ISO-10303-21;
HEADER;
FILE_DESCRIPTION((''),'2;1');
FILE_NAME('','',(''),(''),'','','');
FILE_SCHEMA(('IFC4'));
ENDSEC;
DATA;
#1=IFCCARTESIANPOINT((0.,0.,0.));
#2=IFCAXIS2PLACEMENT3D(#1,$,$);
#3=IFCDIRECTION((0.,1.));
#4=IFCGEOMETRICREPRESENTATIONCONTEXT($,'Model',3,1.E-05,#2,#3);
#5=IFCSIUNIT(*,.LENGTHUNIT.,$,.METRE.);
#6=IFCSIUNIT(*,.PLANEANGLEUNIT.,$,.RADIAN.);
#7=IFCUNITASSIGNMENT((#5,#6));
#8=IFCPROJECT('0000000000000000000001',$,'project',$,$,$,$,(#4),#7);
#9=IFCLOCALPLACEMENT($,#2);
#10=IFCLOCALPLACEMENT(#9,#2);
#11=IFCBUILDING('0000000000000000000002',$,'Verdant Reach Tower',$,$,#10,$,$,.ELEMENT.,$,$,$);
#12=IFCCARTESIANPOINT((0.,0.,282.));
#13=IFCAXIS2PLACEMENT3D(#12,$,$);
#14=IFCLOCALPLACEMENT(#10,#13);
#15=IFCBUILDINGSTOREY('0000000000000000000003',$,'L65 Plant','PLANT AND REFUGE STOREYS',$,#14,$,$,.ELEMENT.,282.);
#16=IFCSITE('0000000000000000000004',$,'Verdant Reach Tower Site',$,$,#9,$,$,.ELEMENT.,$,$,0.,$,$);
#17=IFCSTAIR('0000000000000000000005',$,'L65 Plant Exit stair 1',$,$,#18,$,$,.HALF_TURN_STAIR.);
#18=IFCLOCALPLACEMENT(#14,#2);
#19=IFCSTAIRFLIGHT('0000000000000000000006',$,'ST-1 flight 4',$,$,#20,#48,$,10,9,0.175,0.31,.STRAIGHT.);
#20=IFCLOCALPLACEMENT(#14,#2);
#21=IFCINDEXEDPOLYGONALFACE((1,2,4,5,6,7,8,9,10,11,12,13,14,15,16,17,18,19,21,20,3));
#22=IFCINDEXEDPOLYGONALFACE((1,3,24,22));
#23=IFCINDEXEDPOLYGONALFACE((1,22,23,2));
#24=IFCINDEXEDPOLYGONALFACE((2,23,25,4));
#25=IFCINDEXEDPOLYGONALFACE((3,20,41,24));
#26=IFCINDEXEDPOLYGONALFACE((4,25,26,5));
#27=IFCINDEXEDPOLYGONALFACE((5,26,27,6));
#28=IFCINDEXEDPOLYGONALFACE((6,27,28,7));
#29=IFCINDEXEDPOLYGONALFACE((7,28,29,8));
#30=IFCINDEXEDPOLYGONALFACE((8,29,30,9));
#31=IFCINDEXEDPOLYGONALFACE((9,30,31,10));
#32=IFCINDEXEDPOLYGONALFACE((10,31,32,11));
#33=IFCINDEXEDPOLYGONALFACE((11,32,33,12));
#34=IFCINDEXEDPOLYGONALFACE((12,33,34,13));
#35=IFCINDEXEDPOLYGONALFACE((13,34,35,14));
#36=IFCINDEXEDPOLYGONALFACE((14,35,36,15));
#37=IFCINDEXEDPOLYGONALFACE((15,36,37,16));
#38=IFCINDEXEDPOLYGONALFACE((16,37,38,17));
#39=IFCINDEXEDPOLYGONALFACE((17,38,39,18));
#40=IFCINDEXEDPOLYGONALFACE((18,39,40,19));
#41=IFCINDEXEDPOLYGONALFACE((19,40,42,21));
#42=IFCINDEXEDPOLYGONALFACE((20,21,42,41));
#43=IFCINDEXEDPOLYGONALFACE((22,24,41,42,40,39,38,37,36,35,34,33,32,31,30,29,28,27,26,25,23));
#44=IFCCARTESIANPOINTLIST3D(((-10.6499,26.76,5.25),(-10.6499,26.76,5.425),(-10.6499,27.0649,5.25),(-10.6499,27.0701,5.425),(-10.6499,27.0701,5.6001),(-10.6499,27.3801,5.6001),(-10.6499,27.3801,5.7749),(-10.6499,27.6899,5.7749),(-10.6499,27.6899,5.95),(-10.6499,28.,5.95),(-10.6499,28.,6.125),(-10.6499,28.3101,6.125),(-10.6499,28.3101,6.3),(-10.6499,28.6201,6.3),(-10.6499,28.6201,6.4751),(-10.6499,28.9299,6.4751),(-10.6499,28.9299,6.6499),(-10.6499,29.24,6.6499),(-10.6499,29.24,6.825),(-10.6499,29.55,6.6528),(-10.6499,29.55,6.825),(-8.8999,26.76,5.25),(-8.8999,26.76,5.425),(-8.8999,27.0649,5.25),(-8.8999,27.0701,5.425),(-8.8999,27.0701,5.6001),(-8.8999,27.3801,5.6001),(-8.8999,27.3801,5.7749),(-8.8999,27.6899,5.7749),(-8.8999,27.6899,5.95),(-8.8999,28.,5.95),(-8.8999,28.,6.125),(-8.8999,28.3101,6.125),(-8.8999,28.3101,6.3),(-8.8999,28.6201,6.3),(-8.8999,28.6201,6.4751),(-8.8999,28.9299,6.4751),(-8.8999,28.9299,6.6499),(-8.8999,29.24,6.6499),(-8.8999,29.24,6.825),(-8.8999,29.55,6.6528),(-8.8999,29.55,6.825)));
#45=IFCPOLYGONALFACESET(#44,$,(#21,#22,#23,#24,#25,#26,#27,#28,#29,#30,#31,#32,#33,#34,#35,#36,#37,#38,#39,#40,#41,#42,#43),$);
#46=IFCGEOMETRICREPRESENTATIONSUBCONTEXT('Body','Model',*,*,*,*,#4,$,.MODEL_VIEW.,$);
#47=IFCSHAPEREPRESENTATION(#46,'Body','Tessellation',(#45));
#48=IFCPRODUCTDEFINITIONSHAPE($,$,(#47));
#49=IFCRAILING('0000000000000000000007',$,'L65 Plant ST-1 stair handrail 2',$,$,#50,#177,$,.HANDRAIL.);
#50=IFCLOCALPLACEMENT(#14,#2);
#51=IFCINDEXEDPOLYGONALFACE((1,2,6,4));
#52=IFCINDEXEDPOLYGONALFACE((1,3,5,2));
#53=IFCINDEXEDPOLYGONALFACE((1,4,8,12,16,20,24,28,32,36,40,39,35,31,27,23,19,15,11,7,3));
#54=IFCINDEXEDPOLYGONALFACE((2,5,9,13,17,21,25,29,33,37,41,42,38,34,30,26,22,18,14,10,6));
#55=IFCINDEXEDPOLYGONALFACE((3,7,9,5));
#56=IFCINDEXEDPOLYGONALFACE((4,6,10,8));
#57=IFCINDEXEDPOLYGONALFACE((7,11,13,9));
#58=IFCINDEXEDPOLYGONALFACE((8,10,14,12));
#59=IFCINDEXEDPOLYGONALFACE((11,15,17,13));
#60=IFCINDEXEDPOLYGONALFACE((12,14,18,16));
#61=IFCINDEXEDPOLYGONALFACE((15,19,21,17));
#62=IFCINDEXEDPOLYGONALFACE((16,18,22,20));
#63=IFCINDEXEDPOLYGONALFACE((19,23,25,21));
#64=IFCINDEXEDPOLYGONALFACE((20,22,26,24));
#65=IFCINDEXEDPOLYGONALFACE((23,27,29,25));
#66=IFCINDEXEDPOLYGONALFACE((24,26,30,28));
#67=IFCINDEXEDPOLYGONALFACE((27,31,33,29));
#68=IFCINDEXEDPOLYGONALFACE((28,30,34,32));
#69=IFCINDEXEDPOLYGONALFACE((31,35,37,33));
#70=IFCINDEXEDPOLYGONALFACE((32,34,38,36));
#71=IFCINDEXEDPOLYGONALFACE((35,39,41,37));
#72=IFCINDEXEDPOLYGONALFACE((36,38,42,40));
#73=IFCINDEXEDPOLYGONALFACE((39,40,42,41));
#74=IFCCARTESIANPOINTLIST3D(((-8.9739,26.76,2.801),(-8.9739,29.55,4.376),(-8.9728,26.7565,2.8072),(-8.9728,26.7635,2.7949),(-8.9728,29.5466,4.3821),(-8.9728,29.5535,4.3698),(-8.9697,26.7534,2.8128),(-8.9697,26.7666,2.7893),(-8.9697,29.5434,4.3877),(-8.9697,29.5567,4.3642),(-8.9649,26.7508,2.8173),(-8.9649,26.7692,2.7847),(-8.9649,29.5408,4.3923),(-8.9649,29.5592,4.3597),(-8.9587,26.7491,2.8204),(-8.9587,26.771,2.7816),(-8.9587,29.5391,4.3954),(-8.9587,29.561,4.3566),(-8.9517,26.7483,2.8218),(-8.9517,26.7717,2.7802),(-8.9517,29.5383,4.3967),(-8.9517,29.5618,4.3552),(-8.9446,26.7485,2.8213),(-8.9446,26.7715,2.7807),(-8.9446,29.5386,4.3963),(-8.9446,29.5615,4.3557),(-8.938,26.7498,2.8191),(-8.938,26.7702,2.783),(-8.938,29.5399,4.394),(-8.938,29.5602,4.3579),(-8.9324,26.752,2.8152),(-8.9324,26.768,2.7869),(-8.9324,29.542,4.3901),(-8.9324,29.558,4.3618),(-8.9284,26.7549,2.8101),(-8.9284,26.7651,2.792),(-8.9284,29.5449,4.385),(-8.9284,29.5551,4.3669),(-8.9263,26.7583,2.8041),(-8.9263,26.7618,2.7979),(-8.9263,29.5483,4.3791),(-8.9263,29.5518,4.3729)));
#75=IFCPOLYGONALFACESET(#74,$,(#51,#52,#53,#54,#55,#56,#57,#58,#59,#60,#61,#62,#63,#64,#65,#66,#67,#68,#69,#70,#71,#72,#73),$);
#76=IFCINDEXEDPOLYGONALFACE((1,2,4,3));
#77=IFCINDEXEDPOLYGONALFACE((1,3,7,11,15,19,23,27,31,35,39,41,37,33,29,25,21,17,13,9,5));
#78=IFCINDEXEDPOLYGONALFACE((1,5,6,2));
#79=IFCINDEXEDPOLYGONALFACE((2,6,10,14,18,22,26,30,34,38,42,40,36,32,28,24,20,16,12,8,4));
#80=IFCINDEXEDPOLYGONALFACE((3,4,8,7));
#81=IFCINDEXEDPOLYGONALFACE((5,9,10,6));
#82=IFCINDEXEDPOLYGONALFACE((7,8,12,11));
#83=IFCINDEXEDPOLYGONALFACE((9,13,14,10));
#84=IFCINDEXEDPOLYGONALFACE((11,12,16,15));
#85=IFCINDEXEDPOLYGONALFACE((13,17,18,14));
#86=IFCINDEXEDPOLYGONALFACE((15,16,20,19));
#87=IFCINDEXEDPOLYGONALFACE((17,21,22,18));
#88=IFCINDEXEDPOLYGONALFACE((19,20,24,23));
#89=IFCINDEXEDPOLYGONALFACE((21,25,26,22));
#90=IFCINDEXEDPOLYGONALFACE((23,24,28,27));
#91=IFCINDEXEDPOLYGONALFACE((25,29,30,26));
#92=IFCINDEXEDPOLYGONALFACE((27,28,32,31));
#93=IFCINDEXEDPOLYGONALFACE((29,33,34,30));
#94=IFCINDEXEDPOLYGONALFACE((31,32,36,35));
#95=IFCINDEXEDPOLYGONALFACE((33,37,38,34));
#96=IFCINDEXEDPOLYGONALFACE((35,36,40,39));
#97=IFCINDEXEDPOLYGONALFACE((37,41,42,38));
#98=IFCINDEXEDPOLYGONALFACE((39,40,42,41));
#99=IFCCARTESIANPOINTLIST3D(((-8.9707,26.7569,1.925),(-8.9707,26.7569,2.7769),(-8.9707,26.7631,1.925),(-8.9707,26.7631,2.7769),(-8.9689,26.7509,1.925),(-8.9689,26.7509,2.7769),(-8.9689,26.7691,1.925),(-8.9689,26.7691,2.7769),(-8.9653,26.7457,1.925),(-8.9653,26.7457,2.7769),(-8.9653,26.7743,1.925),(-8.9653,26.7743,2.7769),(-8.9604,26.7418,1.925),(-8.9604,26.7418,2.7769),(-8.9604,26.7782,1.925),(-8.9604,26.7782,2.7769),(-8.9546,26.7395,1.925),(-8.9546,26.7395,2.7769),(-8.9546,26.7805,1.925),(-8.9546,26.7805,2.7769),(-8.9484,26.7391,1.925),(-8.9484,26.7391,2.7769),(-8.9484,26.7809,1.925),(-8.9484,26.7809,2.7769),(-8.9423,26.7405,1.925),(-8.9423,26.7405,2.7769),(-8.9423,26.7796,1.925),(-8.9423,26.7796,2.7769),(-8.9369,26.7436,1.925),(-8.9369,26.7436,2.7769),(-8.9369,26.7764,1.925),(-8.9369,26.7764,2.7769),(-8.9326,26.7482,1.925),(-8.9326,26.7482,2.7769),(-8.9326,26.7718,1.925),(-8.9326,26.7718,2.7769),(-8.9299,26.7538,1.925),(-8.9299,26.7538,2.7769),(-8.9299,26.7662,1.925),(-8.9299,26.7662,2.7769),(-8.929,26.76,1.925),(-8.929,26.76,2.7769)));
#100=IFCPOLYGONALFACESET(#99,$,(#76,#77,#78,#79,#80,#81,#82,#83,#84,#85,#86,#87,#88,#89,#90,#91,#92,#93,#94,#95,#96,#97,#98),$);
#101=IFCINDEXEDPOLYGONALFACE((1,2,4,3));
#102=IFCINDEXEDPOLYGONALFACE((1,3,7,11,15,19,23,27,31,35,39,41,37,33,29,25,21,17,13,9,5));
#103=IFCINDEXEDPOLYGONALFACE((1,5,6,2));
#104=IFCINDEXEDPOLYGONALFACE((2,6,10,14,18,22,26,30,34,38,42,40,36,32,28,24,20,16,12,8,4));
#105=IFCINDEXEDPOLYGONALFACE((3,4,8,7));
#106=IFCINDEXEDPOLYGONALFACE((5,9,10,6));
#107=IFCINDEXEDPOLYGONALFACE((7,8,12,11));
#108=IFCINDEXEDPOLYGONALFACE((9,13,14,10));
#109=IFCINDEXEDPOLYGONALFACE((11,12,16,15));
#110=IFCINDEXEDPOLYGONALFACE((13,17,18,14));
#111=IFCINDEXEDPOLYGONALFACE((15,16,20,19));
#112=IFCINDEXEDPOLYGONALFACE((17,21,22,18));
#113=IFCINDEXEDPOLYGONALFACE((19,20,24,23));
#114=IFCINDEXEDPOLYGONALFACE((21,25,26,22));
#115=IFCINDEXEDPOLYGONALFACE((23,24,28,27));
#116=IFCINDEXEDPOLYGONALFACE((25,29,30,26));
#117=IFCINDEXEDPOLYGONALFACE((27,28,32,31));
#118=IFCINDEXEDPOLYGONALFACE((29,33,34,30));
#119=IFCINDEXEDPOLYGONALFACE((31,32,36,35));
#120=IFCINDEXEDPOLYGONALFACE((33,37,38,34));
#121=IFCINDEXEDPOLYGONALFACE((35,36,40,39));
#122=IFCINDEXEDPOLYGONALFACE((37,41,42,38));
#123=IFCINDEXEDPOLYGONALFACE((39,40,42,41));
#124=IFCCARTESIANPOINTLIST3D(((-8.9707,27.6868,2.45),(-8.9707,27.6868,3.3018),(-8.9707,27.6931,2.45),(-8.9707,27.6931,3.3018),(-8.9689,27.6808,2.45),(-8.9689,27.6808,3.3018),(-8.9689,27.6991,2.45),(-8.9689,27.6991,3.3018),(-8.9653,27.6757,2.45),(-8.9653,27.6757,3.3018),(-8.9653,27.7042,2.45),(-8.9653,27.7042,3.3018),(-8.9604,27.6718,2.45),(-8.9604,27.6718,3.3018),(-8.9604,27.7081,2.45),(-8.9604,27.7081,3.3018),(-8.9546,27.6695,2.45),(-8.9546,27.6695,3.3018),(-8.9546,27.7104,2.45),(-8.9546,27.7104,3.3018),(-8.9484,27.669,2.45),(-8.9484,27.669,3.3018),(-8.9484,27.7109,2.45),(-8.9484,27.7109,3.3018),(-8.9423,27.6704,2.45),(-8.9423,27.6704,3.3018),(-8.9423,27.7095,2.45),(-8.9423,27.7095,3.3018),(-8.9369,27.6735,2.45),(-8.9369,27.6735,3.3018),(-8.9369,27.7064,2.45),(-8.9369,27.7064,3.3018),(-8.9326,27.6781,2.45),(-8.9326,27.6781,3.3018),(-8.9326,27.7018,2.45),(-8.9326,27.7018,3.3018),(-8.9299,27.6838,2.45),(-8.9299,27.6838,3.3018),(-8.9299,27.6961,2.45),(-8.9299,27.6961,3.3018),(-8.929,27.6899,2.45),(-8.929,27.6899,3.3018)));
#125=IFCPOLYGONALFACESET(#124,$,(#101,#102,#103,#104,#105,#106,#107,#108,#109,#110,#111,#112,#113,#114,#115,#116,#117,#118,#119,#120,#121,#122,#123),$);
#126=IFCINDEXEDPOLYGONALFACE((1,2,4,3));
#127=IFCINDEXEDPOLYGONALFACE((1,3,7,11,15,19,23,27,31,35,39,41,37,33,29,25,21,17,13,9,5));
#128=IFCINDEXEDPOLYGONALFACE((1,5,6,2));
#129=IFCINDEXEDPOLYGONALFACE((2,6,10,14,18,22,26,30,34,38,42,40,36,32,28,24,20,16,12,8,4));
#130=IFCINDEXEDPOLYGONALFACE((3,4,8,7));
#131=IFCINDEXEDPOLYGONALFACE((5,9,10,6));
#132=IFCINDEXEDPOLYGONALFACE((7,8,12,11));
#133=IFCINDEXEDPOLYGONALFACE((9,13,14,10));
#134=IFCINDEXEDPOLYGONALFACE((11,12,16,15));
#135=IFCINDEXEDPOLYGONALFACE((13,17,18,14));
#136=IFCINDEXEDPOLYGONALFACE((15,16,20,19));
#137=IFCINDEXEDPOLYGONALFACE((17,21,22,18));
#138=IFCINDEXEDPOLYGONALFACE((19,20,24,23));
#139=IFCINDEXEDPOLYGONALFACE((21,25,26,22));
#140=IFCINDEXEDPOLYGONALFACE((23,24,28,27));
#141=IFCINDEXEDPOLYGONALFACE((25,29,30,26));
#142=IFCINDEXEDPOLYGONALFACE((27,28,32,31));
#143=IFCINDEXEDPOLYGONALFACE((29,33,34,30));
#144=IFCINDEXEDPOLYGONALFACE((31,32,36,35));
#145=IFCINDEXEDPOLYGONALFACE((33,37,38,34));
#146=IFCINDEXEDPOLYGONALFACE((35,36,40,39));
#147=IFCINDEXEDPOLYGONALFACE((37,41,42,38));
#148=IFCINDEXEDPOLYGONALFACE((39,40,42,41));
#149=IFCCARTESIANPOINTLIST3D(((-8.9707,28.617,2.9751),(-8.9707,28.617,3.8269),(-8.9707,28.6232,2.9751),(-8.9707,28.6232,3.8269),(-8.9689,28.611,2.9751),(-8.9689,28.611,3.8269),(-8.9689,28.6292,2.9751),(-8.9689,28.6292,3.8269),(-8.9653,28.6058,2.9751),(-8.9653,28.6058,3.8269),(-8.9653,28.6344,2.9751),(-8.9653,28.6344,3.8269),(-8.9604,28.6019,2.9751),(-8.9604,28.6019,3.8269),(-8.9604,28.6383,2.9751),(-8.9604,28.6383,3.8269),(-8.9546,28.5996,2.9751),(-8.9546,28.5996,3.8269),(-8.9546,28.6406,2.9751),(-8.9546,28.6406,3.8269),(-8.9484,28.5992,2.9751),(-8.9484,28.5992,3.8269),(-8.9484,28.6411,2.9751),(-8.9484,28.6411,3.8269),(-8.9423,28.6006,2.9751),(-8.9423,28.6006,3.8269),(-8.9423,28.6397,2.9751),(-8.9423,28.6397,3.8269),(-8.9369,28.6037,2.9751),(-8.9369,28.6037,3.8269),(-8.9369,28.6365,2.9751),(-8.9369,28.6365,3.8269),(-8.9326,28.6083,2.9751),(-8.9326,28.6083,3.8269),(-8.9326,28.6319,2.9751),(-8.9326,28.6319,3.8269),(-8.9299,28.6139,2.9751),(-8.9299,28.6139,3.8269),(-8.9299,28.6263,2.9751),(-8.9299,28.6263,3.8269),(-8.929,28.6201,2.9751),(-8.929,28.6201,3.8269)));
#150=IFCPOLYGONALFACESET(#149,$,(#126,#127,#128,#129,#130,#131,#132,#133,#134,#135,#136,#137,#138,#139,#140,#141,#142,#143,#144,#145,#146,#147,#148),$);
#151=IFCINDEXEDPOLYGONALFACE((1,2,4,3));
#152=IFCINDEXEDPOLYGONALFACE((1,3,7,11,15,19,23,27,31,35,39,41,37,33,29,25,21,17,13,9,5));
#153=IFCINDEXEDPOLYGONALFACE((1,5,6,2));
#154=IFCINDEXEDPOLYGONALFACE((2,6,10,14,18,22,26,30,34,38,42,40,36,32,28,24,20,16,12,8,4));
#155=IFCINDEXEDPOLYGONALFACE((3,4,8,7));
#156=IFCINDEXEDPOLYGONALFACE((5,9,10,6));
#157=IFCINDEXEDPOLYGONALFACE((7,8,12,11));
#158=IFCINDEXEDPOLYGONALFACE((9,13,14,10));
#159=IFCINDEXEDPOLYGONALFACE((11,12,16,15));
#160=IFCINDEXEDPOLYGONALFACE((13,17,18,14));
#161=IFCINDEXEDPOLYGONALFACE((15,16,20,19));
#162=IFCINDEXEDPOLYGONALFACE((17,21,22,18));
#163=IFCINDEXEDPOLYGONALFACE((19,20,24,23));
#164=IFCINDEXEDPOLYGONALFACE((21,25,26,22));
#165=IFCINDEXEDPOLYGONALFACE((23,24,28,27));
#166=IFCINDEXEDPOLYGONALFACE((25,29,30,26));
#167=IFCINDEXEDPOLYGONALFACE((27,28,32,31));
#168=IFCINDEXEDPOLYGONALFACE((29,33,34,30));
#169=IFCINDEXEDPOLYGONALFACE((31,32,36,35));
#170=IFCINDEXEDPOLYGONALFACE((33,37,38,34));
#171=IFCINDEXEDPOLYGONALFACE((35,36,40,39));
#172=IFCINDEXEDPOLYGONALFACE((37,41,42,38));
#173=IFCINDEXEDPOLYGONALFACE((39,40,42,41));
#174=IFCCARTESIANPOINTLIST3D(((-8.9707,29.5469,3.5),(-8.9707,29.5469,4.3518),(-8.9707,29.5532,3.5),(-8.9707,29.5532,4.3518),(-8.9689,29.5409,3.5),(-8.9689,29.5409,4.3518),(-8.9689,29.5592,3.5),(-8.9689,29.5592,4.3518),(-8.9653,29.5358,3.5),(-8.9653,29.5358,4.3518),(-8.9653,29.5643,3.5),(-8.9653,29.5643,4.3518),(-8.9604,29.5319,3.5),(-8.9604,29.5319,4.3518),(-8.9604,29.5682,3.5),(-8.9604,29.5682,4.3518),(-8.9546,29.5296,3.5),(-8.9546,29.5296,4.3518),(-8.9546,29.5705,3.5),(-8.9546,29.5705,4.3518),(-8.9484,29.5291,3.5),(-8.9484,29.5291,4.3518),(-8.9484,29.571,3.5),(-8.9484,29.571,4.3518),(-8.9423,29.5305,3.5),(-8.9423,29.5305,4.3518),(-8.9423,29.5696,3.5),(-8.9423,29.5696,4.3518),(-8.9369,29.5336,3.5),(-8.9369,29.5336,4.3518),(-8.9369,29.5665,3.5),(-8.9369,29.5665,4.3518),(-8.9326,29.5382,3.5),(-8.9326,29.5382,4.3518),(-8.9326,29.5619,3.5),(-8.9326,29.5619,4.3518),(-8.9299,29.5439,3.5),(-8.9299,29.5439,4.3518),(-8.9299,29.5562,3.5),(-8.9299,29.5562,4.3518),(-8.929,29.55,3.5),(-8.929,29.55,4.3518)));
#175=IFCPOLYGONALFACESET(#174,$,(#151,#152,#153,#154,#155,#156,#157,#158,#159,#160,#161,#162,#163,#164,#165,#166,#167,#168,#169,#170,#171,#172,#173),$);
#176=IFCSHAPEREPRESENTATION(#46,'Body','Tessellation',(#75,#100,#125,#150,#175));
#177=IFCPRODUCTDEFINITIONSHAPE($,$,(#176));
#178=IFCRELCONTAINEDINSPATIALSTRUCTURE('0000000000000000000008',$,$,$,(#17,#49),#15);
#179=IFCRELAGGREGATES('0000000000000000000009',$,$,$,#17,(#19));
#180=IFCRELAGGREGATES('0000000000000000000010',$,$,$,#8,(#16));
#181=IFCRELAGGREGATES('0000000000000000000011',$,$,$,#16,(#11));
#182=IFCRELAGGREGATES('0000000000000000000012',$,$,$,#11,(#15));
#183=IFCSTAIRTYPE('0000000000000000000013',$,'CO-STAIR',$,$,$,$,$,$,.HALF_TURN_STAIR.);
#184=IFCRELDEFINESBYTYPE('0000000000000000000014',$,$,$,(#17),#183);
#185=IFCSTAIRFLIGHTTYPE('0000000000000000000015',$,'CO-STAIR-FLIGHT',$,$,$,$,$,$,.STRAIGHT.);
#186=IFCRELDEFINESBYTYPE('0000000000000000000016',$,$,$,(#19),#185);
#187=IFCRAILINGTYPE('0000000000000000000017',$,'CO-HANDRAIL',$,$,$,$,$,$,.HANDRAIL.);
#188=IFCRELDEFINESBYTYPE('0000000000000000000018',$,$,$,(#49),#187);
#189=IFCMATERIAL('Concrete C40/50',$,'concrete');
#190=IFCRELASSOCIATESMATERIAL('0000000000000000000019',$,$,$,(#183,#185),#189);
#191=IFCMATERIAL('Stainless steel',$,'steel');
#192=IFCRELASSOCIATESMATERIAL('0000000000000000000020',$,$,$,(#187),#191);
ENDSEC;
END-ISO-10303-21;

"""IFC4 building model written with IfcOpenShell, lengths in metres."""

from ifc_helpers import new_model, si_unit, direction, frame, origin, origin_2d, place, context, subcontext, project, spatial, polyline, circle, outline, extrude, material, type_object, element, aggregate, save


model = new_model("IFC4")

# Units and contexts
model_context = context("Model", 3, precision=1e-05, world=origin(), true_north=direction((0.0, 1.0)))
body_context = subcontext(model_context, "Body", "Model", "MODEL_VIEW")
ifc_project = project(units=[si_unit("LENGTHUNIT", "METRE"), si_unit("PLANEANGLEUNIT", "RADIAN")], contexts=[model_context])

# Site, building, storey
site_placement = place(None, origin())
site = spatial("IfcSite", under=ifc_project, at=site_placement, Name="Verdant Reach Tower Site", CompositionType="ELEMENT", RefElevation=0.0)
building_placement = place(site_placement, origin())
building = spatial("IfcBuilding", under=site, at=building_placement, Name="Verdant Reach Tower", CompositionType="ELEMENT")
storey_placement = place(building_placement, frame((0.0, 0.0, 282.0)))
storey = spatial("IfcBuildingStorey", under=building, at=storey_placement, Name="L65 Plant", Description="PLANT AND REFUGE STOREYS", CompositionType="ELEMENT", Elevation=282.0)

# Shared definitions
ifc_material_1 = material(Name="Concrete C40/50", Category="concrete")

# Stair, stair flight
stair_type = type_object("IfcStairType", Name="CO-STAIR", PredefinedType="HALF_TURN_STAIR", material=ifc_material_1)
stair_placement = place(storey_placement, origin())
stair = element("IfcStair", 1, at=stair_placement, inside=storey, type_object=stair_type, Name="L65 Plant Exit stair 1", PredefinedType="HALF_TURN_STAIR")
stair_flight_type = type_object("IfcStairFlightType", Name="CO-STAIR-FLIGHT", PredefinedType="STRAIGHT", material=ifc_material_1)
stair_flight_1_placement = place(storey_placement, frame((-9.7749, 26.76, 5.25), z_axis=(0.0, 0.0, 1.0), x_axis=(0.0, 1.0, 0.0)))
stair_flight_1 = element("IfcStairFlight", 2, at=stair_flight_1_placement, type_object=stair_flight_type, Name="ST-1 flight 4", NumberOfRisers=10, NumberOfTreads=9, PredefinedType="STRAIGHT", RiserHeight=0.175, TreadLength=0.31, context=body_context, shape_type="SweptSolid", body=[
    extrude(outline(polyline([(0.0, 0.0), (0.0, 0.175), (0.3101, 0.175), (0.3101, 0.3501), (0.6201, 0.3501), (0.6201, 0.5249), (0.9299, 0.5249), (0.9299, 0.7), (1.24, 0.7), (1.24, 0.875), (1.55, 0.875), (1.55, 1.05), (1.8601, 1.05), (1.8601, 1.2251), (2.1699, 1.2251), (2.1699, 1.3999), (2.48, 1.3999), (2.48, 1.575), (2.79, 1.575), (2.79, 1.75), (2.79, 1.4028), (0.3049, 0.0), (0.0, 0.0)])), frame((0.0, 0.875, 0.0), z_axis=(0.0, -1.0, 0.0), x_axis=(1.0, 0.0, 0.0)), (0.0, 0.0, 1.0), 1.75),
])
aggregate(stair, [stair_flight_1])

# Railing
ifc_material_2 = material(Name="Stainless steel", Category="steel")
railing_type = type_object("IfcRailingType", Name="CO-HANDRAIL", PredefinedType="HANDRAIL", material=ifc_material_2)
for number, where, name in (
    (3, (-8.95, 26.76, 1.925), "L65 Plant ST-1 stair handrail 2"),
):
    element("IfcRailing", number, at=place(storey_placement, frame(where)), inside=storey, type_object=railing_type, Name=name, PredefinedType="HANDRAIL", context=body_context, shape_type="SweptSolid", body=[
        extrude(circle(Radius=0.0239, at=origin_2d()), frame((0.0, 0.0, 0.876), z_axis=(0.0, 0.870834, 0.491578), x_axis=(-1.0, 0.0, 0.0)), (0.0, 0.0, 1.0), 3.2039),
        extrude(circle(Radius=0.021, at=origin_2d()), origin(), (0.0, 0.0, 1.0), 0.8518),
        extrude(circle(Radius=0.021, at=origin_2d()), frame((0.0, 0.9299, 0.5249)), (0.0, 0.0, 1.0), 0.8518),
        extrude(circle(Radius=0.021, at=origin_2d()), frame((0.0, 1.8601, 1.05)), (0.0, 0.0, 1.0), 0.8518),
        extrude(circle(Radius=0.021, at=origin_2d()), frame((0.0, 2.79, 1.575)), (0.0, 0.0, 1.0), 0.8518),
    ])

save(model, "model.ifc")
